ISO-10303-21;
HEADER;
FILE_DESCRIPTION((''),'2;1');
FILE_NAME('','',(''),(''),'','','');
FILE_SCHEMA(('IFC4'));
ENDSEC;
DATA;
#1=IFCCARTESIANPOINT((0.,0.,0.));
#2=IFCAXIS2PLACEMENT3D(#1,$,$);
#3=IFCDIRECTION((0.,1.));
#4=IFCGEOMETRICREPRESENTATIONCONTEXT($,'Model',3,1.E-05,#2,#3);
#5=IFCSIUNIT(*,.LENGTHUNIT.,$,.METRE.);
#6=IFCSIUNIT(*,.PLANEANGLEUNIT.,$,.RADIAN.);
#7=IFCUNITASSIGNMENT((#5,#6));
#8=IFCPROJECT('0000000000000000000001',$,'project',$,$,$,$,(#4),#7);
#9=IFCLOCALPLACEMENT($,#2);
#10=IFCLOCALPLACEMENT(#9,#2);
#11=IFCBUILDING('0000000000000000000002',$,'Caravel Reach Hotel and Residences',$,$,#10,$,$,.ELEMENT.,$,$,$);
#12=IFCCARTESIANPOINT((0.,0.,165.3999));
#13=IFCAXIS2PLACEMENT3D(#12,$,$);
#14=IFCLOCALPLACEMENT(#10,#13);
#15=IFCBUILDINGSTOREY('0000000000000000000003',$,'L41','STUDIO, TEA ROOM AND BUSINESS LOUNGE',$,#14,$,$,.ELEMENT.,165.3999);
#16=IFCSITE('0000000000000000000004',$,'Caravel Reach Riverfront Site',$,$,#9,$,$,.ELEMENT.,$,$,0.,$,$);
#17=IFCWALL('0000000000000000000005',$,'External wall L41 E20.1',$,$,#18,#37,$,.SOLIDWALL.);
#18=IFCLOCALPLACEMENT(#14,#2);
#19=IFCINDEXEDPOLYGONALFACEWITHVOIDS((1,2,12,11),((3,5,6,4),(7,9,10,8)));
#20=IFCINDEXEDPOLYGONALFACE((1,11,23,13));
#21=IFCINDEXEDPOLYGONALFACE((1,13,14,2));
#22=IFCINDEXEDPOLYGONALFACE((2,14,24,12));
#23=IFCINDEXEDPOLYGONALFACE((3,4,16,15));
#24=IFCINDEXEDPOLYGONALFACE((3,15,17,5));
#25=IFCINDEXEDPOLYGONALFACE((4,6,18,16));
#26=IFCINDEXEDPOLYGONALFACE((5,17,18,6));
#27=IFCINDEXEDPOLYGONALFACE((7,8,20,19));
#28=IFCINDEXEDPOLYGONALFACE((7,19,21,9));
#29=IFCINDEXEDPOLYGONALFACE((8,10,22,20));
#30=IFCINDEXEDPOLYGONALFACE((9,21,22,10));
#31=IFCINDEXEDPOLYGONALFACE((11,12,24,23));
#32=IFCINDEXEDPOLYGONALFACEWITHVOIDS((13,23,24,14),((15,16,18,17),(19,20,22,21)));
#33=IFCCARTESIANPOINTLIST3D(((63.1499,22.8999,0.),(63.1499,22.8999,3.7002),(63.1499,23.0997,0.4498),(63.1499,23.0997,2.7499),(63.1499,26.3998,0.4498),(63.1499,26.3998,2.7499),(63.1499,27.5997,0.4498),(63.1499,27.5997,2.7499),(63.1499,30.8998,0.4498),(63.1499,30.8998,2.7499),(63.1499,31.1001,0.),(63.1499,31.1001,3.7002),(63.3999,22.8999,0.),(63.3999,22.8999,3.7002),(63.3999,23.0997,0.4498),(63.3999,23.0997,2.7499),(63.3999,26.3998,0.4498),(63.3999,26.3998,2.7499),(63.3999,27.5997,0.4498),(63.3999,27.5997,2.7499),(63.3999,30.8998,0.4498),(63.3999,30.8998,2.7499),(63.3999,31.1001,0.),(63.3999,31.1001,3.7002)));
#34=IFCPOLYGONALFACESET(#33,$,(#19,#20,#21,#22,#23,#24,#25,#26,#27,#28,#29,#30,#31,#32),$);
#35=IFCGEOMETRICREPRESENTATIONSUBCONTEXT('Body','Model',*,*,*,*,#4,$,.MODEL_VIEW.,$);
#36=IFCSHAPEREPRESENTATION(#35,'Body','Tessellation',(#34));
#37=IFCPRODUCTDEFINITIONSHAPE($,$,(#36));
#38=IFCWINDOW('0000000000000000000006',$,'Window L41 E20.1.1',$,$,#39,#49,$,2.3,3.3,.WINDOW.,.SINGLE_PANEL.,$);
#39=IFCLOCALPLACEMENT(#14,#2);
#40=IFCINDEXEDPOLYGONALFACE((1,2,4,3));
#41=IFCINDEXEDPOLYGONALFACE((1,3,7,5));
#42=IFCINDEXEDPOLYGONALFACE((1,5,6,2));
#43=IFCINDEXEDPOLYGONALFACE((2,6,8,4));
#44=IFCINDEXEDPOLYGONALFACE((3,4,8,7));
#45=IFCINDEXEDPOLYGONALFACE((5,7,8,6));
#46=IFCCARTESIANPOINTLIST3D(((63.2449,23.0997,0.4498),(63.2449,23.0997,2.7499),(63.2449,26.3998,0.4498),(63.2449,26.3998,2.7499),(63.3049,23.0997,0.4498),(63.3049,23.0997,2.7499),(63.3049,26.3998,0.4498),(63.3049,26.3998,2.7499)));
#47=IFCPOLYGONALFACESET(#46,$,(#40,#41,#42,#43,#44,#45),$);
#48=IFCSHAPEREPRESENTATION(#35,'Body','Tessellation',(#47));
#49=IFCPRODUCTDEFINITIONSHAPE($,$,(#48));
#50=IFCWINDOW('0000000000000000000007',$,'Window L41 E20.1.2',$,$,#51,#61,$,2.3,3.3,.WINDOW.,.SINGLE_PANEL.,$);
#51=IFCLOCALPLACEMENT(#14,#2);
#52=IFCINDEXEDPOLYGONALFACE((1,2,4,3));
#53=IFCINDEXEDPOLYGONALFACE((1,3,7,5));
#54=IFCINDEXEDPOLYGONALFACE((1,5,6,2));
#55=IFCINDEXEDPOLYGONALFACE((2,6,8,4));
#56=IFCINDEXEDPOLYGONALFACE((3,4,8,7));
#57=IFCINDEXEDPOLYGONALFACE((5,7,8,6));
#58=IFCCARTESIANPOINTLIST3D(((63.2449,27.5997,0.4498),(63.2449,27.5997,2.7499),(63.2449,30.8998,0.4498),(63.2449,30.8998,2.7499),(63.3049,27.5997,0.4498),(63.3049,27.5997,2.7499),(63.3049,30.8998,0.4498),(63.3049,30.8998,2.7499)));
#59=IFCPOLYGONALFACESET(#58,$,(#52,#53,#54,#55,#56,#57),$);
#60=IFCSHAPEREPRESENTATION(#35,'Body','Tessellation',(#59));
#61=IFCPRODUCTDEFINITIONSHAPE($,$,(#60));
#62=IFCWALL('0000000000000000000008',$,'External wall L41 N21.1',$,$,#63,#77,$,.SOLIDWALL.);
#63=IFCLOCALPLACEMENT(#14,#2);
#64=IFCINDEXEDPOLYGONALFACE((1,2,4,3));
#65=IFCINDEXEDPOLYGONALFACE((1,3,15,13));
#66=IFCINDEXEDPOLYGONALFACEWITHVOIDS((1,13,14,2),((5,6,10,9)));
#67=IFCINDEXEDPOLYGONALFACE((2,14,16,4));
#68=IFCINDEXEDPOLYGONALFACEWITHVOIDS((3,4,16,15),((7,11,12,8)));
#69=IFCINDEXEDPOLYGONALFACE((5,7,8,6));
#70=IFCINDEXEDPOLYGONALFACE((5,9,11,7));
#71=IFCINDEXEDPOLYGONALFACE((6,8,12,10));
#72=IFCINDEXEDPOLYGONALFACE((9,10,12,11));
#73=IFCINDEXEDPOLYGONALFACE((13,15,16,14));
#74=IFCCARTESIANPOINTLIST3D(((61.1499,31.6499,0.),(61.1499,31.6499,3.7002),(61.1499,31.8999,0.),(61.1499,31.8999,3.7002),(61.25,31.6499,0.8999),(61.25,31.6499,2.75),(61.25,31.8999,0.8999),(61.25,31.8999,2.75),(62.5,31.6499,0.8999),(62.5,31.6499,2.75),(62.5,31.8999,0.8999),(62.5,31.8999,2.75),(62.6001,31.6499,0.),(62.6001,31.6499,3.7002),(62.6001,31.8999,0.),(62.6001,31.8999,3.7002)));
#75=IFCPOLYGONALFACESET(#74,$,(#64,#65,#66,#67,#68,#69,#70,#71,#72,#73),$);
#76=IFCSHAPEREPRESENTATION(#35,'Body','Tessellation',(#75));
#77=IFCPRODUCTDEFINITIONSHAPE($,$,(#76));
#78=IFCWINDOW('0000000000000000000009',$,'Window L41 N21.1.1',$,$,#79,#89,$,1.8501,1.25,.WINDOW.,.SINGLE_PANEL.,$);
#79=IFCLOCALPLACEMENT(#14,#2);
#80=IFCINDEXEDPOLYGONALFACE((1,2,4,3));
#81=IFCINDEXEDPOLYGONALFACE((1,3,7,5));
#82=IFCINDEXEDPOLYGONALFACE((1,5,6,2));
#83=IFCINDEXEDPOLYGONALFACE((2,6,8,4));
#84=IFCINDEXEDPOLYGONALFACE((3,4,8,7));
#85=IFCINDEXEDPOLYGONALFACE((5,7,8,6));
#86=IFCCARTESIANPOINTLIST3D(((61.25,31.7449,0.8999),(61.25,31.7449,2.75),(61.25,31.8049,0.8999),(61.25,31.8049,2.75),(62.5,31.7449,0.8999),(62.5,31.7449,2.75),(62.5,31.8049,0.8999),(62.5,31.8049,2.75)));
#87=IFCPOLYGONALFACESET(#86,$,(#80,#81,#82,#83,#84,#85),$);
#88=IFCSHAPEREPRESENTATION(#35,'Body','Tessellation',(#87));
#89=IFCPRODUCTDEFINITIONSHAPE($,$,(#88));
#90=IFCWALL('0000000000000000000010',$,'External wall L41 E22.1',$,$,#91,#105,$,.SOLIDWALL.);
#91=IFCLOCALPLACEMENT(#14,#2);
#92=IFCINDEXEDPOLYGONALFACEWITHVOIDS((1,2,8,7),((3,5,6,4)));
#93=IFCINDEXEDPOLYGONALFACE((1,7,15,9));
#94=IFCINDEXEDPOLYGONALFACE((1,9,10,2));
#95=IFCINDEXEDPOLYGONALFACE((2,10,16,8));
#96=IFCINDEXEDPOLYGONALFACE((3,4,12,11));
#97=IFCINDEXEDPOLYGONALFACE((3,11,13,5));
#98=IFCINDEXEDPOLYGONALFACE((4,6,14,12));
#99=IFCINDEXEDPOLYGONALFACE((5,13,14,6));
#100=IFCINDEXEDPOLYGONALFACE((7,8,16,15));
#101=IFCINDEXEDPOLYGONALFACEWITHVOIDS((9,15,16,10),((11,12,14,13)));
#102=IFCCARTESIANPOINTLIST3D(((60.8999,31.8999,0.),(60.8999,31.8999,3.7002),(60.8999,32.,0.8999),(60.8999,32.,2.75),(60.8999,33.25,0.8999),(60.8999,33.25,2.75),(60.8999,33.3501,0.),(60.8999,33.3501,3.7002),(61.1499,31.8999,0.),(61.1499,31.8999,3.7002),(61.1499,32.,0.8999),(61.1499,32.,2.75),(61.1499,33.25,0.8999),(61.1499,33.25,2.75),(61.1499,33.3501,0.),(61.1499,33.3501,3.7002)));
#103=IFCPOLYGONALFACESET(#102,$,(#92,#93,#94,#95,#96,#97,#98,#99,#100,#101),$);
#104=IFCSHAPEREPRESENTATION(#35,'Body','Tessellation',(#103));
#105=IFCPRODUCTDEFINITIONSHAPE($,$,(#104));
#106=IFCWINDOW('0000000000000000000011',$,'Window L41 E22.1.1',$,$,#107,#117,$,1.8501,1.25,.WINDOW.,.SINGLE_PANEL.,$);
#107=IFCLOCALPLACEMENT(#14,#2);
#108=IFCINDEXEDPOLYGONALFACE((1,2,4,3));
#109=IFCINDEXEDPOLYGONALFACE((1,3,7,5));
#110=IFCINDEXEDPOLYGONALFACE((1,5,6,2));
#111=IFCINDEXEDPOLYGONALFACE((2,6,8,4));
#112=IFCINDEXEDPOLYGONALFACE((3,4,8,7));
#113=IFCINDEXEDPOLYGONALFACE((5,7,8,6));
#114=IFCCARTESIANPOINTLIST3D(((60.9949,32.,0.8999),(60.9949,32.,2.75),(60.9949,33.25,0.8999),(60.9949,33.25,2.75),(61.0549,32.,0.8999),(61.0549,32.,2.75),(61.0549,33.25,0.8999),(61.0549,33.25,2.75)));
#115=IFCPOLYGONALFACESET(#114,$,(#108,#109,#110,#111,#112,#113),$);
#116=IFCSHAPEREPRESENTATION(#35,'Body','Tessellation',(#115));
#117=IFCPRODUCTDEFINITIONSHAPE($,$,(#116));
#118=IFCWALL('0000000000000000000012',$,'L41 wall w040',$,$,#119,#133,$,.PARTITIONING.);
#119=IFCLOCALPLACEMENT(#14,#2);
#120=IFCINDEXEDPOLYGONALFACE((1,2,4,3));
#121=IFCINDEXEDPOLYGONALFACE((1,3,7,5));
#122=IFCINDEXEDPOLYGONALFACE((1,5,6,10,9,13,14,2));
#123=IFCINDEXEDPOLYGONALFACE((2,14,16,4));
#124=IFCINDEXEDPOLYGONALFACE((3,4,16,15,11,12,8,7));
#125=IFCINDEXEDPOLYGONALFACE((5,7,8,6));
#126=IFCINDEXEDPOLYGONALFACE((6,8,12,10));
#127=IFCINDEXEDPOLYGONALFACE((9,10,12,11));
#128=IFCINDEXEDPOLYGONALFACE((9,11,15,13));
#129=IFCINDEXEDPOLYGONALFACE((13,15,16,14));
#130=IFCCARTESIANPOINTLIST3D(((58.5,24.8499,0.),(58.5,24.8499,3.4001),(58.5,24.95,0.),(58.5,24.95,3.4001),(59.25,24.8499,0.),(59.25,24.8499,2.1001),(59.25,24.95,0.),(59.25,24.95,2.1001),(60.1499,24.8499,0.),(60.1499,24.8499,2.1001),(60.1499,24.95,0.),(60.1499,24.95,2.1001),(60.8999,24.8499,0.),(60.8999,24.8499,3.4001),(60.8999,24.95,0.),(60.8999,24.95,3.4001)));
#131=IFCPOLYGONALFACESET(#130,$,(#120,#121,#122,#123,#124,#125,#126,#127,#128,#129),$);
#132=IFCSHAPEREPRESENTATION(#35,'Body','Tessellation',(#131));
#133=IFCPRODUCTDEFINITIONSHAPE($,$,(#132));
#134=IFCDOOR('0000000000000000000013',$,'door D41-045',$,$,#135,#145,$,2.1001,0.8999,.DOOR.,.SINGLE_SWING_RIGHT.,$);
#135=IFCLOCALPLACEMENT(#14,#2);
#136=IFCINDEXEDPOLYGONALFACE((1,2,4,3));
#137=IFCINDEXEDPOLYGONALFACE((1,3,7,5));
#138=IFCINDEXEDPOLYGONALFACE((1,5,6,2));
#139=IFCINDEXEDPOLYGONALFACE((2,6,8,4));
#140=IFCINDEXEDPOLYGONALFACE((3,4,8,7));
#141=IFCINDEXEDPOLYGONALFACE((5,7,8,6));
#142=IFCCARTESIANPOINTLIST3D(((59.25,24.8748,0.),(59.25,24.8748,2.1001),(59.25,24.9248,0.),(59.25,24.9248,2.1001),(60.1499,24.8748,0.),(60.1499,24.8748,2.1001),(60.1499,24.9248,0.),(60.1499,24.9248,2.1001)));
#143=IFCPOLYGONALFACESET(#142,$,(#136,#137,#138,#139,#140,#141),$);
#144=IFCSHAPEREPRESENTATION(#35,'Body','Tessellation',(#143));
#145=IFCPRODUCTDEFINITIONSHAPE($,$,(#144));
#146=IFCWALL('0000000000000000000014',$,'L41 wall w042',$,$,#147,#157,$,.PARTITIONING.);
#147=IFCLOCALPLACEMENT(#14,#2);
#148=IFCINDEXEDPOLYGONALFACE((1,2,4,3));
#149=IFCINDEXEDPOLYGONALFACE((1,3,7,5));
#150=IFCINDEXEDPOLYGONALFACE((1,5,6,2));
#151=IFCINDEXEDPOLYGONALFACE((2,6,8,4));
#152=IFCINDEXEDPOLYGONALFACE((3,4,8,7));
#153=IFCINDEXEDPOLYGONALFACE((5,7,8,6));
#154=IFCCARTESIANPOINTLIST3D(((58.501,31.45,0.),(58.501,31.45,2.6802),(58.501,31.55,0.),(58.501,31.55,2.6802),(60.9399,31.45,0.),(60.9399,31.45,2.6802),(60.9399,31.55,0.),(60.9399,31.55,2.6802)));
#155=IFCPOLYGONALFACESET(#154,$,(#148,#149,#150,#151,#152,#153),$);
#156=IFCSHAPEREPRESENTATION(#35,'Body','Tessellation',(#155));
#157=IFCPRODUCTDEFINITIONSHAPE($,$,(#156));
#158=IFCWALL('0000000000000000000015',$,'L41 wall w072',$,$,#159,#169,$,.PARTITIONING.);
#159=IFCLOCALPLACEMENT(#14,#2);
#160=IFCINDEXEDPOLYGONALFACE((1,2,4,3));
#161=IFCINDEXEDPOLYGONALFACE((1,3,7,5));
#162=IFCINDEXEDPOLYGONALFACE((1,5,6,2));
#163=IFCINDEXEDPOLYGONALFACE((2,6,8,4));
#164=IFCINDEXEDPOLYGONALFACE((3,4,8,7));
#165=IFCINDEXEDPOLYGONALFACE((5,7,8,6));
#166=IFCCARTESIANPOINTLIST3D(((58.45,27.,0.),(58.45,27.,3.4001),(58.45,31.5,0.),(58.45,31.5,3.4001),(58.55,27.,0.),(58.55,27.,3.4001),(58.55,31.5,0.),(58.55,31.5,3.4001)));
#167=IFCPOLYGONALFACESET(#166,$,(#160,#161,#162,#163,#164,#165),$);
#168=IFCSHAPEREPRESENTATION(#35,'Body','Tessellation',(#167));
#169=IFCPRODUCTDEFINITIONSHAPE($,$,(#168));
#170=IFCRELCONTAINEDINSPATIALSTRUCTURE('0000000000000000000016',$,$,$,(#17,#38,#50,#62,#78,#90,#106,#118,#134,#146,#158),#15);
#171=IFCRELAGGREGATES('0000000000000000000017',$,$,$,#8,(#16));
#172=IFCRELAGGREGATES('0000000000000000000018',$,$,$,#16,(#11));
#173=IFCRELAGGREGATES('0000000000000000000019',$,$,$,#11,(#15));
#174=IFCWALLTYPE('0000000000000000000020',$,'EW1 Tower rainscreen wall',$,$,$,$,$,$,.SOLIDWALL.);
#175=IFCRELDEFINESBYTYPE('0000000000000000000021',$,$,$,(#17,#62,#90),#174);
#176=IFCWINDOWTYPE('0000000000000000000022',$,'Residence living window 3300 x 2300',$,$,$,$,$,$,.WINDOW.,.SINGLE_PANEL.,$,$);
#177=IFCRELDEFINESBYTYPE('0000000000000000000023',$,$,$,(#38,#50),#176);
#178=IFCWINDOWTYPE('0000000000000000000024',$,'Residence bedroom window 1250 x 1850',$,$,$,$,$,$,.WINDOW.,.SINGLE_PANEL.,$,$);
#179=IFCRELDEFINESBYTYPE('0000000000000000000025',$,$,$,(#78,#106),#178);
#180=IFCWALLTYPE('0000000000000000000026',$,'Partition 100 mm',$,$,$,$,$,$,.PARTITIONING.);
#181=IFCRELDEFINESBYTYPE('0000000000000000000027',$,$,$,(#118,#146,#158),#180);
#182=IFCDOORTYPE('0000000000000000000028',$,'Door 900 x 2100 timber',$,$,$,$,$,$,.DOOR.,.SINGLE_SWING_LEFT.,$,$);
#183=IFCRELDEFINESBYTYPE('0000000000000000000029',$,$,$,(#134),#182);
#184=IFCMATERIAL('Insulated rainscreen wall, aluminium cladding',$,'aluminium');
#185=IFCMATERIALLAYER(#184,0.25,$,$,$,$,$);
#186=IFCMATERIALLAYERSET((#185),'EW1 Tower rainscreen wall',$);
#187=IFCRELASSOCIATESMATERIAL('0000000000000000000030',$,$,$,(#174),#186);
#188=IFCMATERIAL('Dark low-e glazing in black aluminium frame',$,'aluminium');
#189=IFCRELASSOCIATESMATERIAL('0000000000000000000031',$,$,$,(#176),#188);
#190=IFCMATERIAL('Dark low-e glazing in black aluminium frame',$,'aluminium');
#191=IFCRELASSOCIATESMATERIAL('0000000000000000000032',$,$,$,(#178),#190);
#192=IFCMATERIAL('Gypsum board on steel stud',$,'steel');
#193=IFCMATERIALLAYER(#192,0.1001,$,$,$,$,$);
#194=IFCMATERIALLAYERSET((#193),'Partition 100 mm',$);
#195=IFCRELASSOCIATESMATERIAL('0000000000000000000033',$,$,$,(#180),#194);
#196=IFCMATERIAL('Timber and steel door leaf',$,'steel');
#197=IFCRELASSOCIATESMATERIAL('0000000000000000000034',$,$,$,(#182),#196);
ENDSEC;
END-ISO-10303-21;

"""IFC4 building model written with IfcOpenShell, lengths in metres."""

from ifc_helpers import new_model, si_unit, direction, frame, frame_2d, origin, place, context, subcontext, project, spatial, rectangle, extrude, material, layer, layer_set, type_object, element, fill, save


model = new_model("IFC4")

# Units and contexts
model_context = context("Model", 3, precision=1e-05, world=origin(), true_north=direction((0.0, 1.0)))
body_context = subcontext(model_context, "Body", "Model", "MODEL_VIEW")
ifc_project = project(units=[si_unit("LENGTHUNIT", "METRE"), si_unit("PLANEANGLEUNIT", "RADIAN")], contexts=[model_context])

# Site, building, storey
site_placement = place(None, origin())
site = spatial("IfcSite", under=ifc_project, at=site_placement, Name="Caravel Reach Riverfront Site", CompositionType="ELEMENT", RefElevation=0.0)
building_placement = place(site_placement, origin())
building = spatial("IfcBuilding", under=site, at=building_placement, Name="Caravel Reach Hotel and Residences", CompositionType="ELEMENT")
storey_placement = place(building_placement, frame((0.0, 0.0, 165.3999)))
storey = spatial("IfcBuildingStorey", under=building, at=storey_placement, Name="L41", Description="STUDIO, TEA ROOM AND BUSINESS LOUNGE", CompositionType="ELEMENT", Elevation=165.3999)

# Wall, openings, windows
ifc_material_1 = material(Name="Insulated rainscreen wall, aluminium cladding", Category="aluminium")
ifc_layer_1 = layer(ifc_material_1, 0.25)
ifc_layer_set_1 = layer_set([ifc_layer_1], Name="EW1 Tower rainscreen wall")
wall_type_1 = type_object("IfcWallType", Name="EW1 Tower rainscreen wall", PredefinedType="SOLIDWALL", material=ifc_layer_set_1)
wall_1_placement = place(storey_placement, frame((63.2749, 22.8999, 0.0), z_axis=(0.0, 0.0, 1.0), x_axis=(0.0, 1.0, 0.0)))
wall_1 = element("IfcWall", 1, at=wall_1_placement, inside=storey, type_object=wall_type_1, Name="External wall L41 E20.1", PredefinedType="SOLIDWALL", context=body_context, shape_type="SweptSolid", body=[
    extrude(rectangle(XDim=8.2002, YDim=0.25, at=frame_2d((4.1001, 0.0))), origin(), (0.0, 0.0, 1.0), 3.7002),
])
opening_1_placement = place(wall_1_placement, frame((0.2, 0.0, 0.45)))
opening_1 = element("IfcOpeningElement", 2, at=opening_1_placement, cuts=wall_1, PredefinedType="OPENING", context=body_context, shape_type="SweptSolid", body=[
    extrude(rectangle(XDim=3.3, YDim=2.3, at=frame_2d((1.6499, 1.1499))), frame((0.0, 0.135, 0.0), z_axis=(0.0, -1.0, 0.0), x_axis=(1.0, 0.0, 0.0)), (0.0, 0.0, 1.0), 0.27),
])
opening_2_placement = place(wall_1_placement, frame((4.7, 0.0, 0.45)))
opening_2 = element("IfcOpeningElement", 3, at=opening_2_placement, cuts=wall_1, PredefinedType="OPENING", context=body_context, shape_type="SweptSolid", body=[
    extrude(rectangle(XDim=3.3, YDim=2.3, at=frame_2d((1.6499, 1.1499))), frame((0.0, 0.135, 0.0), z_axis=(0.0, -1.0, 0.0), x_axis=(1.0, 0.0, 0.0)), (0.0, 0.0, 1.0), 0.27),
])
ifc_material_2 = material(Name="Dark low-e glazing in black aluminium frame", Category="aluminium")
window_type_1 = type_object("IfcWindowType", Name="Residence living window 3300 x 2300", PartitioningType="SINGLE_PANEL", PredefinedType="WINDOW", material=ifc_material_2)
window_1_placement = place(opening_1_placement, origin())
window_1 = element("IfcWindow", 4, at=window_1_placement, inside=storey, type_object=window_type_1, Name="Window L41 E20.1.1", OverallHeight=2.3, OverallWidth=3.3, PartitioningType="SINGLE_PANEL", PredefinedType="WINDOW", context=body_context, shape_type="SweptSolid", body=[
    extrude(rectangle(XDim=3.3, YDim=2.3, at=frame_2d((1.6499, 1.1499))), frame((0.0, 0.03, 0.0), z_axis=(0.0, -1.0, 0.0), x_axis=(1.0, 0.0, 0.0)), (0.0, 0.0, 1.0), 0.0601),
])
fill(opening_1, window_1)
window_2_placement = place(opening_2_placement, origin())
window_2 = element("IfcWindow", 5, at=window_2_placement, inside=storey, type_object=window_type_1, Name="Window L41 E20.1.2", OverallHeight=2.3, OverallWidth=3.3, PartitioningType="SINGLE_PANEL", PredefinedType="WINDOW", context=body_context, shape_type="SweptSolid", body=[
    extrude(rectangle(XDim=3.3, YDim=2.3, at=frame_2d((1.6499, 1.1499))), frame((0.0, 0.03, 0.0), z_axis=(0.0, -1.0, 0.0), x_axis=(1.0, 0.0, 0.0)), (0.0, 0.0, 1.0), 0.0601),
])
fill(opening_2, window_2)

# Walls, openings, windows
wall_2_placement = place(storey_placement, frame((62.6001, 31.7749, 0.0), z_axis=(0.0, 0.0, 1.0), x_axis=(-1.0, 0.0, 0.0)))
wall_2 = element("IfcWall", 6, at=wall_2_placement, inside=storey, type_object=wall_type_1, Name="External wall L41 N21.1", PredefinedType="SOLIDWALL", context=body_context, shape_type="SweptSolid", body=[
    extrude(rectangle(XDim=1.4502, YDim=0.25, at=frame_2d((0.7251, 0.0))), origin(), (0.0, 0.0, 1.0), 3.7002),
])
opening_3_placement = place(wall_2_placement, frame((0.1001, 0.0, 0.8999)))
opening_3 = element("IfcOpeningElement", 7, at=opening_3_placement, cuts=wall_2, PredefinedType="OPENING", context=body_context, shape_type="SweptSolid", body=[
    extrude(rectangle(XDim=1.25, YDim=1.8501, at=frame_2d((0.625, 0.925))), frame((0.0, 0.135, 0.0), z_axis=(0.0, -1.0, 0.0), x_axis=(1.0, 0.0, 0.0)), (0.0, 0.0, 1.0), 0.27),
])
ifc_material_3 = material(Name="Dark low-e glazing in black aluminium frame", Category="aluminium")
window_type_2 = type_object("IfcWindowType", Name="Residence bedroom window 1250 x 1850", PartitioningType="SINGLE_PANEL", PredefinedType="WINDOW", material=ifc_material_3)
window_3_placement = place(opening_3_placement, origin())
window_3 = element("IfcWindow", 8, at=window_3_placement, inside=storey, type_object=window_type_2, Name="Window L41 N21.1.1", OverallHeight=1.8501, OverallWidth=1.25, PartitioningType="SINGLE_PANEL", PredefinedType="WINDOW", context=body_context, shape_type="SweptSolid", body=[
    extrude(rectangle(XDim=1.25, YDim=1.8501, at=frame_2d((0.625, 0.925))), frame((0.0, 0.03, 0.0), z_axis=(0.0, -1.0, 0.0), x_axis=(1.0, 0.0, 0.0)), (0.0, 0.0, 1.0), 0.0601),
])
fill(opening_3, window_3)
wall_3_placement = place(storey_placement, frame((61.0249, 31.8999, 0.0), z_axis=(0.0, 0.0, 1.0), x_axis=(0.0, 1.0, 0.0)))
wall_3 = element("IfcWall", 9, at=wall_3_placement, inside=storey, type_object=wall_type_1, Name="External wall L41 E22.1", PredefinedType="SOLIDWALL", context=body_context, shape_type="SweptSolid", body=[
    extrude(rectangle(XDim=1.4502, YDim=0.25, at=frame_2d((0.7251, 0.0))), origin(), (0.0, 0.0, 1.0), 3.7002),
])
opening_4_placement = place(wall_3_placement, frame((0.1001, 0.0, 0.8999)))
opening_4 = element("IfcOpeningElement", 10, at=opening_4_placement, cuts=wall_3, PredefinedType="OPENING", context=body_context, shape_type="SweptSolid", body=[
    extrude(rectangle(XDim=1.25, YDim=1.8501, at=frame_2d((0.625, 0.925))), frame((0.0, 0.135, 0.0), z_axis=(0.0, -1.0, 0.0), x_axis=(1.0, 0.0, 0.0)), (0.0, 0.0, 1.0), 0.27),
])
window_4_placement = place(opening_4_placement, origin())
window_4 = element("IfcWindow", 11, at=window_4_placement, inside=storey, type_object=window_type_2, Name="Window L41 E22.1.1", OverallHeight=1.8501, OverallWidth=1.25, PartitioningType="SINGLE_PANEL", PredefinedType="WINDOW", context=body_context, shape_type="SweptSolid", body=[
    extrude(rectangle(XDim=1.25, YDim=1.8501, at=frame_2d((0.625, 0.925))), frame((0.0, 0.03, 0.0), z_axis=(0.0, -1.0, 0.0), x_axis=(1.0, 0.0, 0.0)), (0.0, 0.0, 1.0), 0.0601),
])
fill(opening_4, window_4)

# Wall, opening, door
ifc_material_4 = material(Name="Gypsum board on steel stud", Category="steel")
ifc_layer_2 = layer(ifc_material_4, 0.1001)
ifc_layer_set_2 = layer_set([ifc_layer_2], Name="Partition 100 mm")
wall_type_2 = type_object("IfcWallType", Name="Partition 100 mm", PredefinedType="PARTITIONING", material=ifc_layer_set_2)
wall_4_placement = place(storey_placement, frame((58.5, 24.8999, 0.0), z_axis=(0.0, 0.0, 1.0), x_axis=(1.0, 0.0, 0.0)))
wall_4 = element("IfcWall", 12, at=wall_4_placement, inside=storey, type_object=wall_type_2, Name="L41 wall w040", PredefinedType="PARTITIONING", context=body_context, shape_type="SweptSolid", body=[
    extrude(rectangle(XDim=2.3999, YDim=0.1001, at=frame_2d((1.2, 0.0))), origin(), (0.0, 0.0, 1.0), 3.4001),
])
opening_5_placement = place(wall_4_placement, frame((0.75, 0.0, 0.0)))
opening_5 = element("IfcOpeningElement", 13, at=opening_5_placement, cuts=wall_4, PredefinedType="OPENING", context=body_context, shape_type="SweptSolid", body=[
    extrude(rectangle(XDim=0.8999, YDim=2.1001, at=frame_2d((0.45, 1.05))), frame((0.0, 0.0601, 0.0), z_axis=(0.0, -1.0, 0.0), x_axis=(1.0, 0.0, 0.0)), (0.0, 0.0, 1.0), 0.1201),
])
ifc_material_5 = material(Name="Timber and steel door leaf", Category="steel")
door_type_1 = type_object("IfcDoorType", Name="Door 900 x 2100 timber", OperationType="SINGLE_SWING_LEFT", PredefinedType="DOOR", material=ifc_material_5)
door_1_placement = place(opening_5_placement, origin())
door_1 = element("IfcDoor", 14, at=door_1_placement, inside=storey, type_object=door_type_1, Name="door D41-045", OperationType="SINGLE_SWING_RIGHT", OverallHeight=2.1001, OverallWidth=0.8999, PredefinedType="DOOR", context=body_context, shape_type="SweptSolid", body=[
    extrude(rectangle(XDim=0.8999, YDim=2.1001, at=frame_2d((0.45, 1.05))), frame((0.0, 0.0249, 0.0), z_axis=(0.0, -1.0, 0.0), x_axis=(1.0, 0.0, 0.0)), (0.0, 0.0, 1.0), 0.05),
])
fill(opening_5, door_1)

# Walls
wall_5_placement = place(storey_placement, frame((58.501, 31.5, 0.0), z_axis=(0.0, 0.0, 1.0), x_axis=(1.0, 0.0, 0.0)))
element("IfcWall", 15, at=wall_5_placement, inside=storey, type_object=wall_type_2, Name="L41 wall w042", PredefinedType="PARTITIONING", context=body_context, shape_type="SweptSolid", body=[
    extrude(rectangle(XDim=2.439, YDim=0.1001, at=frame_2d((1.2195, 0.0))), origin(), (0.0, 0.0, 1.0), 2.6802),
])
wall_6_placement = place(storey_placement, frame((58.5, 27.0, 0.0), z_axis=(0.0, 0.0, 1.0), x_axis=(0.0, 1.0, 0.0)))
element("IfcWall", 16, at=wall_6_placement, inside=storey, type_object=wall_type_2, Name="L41 wall w072", PredefinedType="PARTITIONING", context=body_context, shape_type="SweptSolid", body=[
    extrude(rectangle(XDim=4.5, YDim=0.1001, at=frame_2d((2.25, 0.0))), origin(), (0.0, 0.0, 1.0), 3.4001),
])

save(model, "model.ifc")
